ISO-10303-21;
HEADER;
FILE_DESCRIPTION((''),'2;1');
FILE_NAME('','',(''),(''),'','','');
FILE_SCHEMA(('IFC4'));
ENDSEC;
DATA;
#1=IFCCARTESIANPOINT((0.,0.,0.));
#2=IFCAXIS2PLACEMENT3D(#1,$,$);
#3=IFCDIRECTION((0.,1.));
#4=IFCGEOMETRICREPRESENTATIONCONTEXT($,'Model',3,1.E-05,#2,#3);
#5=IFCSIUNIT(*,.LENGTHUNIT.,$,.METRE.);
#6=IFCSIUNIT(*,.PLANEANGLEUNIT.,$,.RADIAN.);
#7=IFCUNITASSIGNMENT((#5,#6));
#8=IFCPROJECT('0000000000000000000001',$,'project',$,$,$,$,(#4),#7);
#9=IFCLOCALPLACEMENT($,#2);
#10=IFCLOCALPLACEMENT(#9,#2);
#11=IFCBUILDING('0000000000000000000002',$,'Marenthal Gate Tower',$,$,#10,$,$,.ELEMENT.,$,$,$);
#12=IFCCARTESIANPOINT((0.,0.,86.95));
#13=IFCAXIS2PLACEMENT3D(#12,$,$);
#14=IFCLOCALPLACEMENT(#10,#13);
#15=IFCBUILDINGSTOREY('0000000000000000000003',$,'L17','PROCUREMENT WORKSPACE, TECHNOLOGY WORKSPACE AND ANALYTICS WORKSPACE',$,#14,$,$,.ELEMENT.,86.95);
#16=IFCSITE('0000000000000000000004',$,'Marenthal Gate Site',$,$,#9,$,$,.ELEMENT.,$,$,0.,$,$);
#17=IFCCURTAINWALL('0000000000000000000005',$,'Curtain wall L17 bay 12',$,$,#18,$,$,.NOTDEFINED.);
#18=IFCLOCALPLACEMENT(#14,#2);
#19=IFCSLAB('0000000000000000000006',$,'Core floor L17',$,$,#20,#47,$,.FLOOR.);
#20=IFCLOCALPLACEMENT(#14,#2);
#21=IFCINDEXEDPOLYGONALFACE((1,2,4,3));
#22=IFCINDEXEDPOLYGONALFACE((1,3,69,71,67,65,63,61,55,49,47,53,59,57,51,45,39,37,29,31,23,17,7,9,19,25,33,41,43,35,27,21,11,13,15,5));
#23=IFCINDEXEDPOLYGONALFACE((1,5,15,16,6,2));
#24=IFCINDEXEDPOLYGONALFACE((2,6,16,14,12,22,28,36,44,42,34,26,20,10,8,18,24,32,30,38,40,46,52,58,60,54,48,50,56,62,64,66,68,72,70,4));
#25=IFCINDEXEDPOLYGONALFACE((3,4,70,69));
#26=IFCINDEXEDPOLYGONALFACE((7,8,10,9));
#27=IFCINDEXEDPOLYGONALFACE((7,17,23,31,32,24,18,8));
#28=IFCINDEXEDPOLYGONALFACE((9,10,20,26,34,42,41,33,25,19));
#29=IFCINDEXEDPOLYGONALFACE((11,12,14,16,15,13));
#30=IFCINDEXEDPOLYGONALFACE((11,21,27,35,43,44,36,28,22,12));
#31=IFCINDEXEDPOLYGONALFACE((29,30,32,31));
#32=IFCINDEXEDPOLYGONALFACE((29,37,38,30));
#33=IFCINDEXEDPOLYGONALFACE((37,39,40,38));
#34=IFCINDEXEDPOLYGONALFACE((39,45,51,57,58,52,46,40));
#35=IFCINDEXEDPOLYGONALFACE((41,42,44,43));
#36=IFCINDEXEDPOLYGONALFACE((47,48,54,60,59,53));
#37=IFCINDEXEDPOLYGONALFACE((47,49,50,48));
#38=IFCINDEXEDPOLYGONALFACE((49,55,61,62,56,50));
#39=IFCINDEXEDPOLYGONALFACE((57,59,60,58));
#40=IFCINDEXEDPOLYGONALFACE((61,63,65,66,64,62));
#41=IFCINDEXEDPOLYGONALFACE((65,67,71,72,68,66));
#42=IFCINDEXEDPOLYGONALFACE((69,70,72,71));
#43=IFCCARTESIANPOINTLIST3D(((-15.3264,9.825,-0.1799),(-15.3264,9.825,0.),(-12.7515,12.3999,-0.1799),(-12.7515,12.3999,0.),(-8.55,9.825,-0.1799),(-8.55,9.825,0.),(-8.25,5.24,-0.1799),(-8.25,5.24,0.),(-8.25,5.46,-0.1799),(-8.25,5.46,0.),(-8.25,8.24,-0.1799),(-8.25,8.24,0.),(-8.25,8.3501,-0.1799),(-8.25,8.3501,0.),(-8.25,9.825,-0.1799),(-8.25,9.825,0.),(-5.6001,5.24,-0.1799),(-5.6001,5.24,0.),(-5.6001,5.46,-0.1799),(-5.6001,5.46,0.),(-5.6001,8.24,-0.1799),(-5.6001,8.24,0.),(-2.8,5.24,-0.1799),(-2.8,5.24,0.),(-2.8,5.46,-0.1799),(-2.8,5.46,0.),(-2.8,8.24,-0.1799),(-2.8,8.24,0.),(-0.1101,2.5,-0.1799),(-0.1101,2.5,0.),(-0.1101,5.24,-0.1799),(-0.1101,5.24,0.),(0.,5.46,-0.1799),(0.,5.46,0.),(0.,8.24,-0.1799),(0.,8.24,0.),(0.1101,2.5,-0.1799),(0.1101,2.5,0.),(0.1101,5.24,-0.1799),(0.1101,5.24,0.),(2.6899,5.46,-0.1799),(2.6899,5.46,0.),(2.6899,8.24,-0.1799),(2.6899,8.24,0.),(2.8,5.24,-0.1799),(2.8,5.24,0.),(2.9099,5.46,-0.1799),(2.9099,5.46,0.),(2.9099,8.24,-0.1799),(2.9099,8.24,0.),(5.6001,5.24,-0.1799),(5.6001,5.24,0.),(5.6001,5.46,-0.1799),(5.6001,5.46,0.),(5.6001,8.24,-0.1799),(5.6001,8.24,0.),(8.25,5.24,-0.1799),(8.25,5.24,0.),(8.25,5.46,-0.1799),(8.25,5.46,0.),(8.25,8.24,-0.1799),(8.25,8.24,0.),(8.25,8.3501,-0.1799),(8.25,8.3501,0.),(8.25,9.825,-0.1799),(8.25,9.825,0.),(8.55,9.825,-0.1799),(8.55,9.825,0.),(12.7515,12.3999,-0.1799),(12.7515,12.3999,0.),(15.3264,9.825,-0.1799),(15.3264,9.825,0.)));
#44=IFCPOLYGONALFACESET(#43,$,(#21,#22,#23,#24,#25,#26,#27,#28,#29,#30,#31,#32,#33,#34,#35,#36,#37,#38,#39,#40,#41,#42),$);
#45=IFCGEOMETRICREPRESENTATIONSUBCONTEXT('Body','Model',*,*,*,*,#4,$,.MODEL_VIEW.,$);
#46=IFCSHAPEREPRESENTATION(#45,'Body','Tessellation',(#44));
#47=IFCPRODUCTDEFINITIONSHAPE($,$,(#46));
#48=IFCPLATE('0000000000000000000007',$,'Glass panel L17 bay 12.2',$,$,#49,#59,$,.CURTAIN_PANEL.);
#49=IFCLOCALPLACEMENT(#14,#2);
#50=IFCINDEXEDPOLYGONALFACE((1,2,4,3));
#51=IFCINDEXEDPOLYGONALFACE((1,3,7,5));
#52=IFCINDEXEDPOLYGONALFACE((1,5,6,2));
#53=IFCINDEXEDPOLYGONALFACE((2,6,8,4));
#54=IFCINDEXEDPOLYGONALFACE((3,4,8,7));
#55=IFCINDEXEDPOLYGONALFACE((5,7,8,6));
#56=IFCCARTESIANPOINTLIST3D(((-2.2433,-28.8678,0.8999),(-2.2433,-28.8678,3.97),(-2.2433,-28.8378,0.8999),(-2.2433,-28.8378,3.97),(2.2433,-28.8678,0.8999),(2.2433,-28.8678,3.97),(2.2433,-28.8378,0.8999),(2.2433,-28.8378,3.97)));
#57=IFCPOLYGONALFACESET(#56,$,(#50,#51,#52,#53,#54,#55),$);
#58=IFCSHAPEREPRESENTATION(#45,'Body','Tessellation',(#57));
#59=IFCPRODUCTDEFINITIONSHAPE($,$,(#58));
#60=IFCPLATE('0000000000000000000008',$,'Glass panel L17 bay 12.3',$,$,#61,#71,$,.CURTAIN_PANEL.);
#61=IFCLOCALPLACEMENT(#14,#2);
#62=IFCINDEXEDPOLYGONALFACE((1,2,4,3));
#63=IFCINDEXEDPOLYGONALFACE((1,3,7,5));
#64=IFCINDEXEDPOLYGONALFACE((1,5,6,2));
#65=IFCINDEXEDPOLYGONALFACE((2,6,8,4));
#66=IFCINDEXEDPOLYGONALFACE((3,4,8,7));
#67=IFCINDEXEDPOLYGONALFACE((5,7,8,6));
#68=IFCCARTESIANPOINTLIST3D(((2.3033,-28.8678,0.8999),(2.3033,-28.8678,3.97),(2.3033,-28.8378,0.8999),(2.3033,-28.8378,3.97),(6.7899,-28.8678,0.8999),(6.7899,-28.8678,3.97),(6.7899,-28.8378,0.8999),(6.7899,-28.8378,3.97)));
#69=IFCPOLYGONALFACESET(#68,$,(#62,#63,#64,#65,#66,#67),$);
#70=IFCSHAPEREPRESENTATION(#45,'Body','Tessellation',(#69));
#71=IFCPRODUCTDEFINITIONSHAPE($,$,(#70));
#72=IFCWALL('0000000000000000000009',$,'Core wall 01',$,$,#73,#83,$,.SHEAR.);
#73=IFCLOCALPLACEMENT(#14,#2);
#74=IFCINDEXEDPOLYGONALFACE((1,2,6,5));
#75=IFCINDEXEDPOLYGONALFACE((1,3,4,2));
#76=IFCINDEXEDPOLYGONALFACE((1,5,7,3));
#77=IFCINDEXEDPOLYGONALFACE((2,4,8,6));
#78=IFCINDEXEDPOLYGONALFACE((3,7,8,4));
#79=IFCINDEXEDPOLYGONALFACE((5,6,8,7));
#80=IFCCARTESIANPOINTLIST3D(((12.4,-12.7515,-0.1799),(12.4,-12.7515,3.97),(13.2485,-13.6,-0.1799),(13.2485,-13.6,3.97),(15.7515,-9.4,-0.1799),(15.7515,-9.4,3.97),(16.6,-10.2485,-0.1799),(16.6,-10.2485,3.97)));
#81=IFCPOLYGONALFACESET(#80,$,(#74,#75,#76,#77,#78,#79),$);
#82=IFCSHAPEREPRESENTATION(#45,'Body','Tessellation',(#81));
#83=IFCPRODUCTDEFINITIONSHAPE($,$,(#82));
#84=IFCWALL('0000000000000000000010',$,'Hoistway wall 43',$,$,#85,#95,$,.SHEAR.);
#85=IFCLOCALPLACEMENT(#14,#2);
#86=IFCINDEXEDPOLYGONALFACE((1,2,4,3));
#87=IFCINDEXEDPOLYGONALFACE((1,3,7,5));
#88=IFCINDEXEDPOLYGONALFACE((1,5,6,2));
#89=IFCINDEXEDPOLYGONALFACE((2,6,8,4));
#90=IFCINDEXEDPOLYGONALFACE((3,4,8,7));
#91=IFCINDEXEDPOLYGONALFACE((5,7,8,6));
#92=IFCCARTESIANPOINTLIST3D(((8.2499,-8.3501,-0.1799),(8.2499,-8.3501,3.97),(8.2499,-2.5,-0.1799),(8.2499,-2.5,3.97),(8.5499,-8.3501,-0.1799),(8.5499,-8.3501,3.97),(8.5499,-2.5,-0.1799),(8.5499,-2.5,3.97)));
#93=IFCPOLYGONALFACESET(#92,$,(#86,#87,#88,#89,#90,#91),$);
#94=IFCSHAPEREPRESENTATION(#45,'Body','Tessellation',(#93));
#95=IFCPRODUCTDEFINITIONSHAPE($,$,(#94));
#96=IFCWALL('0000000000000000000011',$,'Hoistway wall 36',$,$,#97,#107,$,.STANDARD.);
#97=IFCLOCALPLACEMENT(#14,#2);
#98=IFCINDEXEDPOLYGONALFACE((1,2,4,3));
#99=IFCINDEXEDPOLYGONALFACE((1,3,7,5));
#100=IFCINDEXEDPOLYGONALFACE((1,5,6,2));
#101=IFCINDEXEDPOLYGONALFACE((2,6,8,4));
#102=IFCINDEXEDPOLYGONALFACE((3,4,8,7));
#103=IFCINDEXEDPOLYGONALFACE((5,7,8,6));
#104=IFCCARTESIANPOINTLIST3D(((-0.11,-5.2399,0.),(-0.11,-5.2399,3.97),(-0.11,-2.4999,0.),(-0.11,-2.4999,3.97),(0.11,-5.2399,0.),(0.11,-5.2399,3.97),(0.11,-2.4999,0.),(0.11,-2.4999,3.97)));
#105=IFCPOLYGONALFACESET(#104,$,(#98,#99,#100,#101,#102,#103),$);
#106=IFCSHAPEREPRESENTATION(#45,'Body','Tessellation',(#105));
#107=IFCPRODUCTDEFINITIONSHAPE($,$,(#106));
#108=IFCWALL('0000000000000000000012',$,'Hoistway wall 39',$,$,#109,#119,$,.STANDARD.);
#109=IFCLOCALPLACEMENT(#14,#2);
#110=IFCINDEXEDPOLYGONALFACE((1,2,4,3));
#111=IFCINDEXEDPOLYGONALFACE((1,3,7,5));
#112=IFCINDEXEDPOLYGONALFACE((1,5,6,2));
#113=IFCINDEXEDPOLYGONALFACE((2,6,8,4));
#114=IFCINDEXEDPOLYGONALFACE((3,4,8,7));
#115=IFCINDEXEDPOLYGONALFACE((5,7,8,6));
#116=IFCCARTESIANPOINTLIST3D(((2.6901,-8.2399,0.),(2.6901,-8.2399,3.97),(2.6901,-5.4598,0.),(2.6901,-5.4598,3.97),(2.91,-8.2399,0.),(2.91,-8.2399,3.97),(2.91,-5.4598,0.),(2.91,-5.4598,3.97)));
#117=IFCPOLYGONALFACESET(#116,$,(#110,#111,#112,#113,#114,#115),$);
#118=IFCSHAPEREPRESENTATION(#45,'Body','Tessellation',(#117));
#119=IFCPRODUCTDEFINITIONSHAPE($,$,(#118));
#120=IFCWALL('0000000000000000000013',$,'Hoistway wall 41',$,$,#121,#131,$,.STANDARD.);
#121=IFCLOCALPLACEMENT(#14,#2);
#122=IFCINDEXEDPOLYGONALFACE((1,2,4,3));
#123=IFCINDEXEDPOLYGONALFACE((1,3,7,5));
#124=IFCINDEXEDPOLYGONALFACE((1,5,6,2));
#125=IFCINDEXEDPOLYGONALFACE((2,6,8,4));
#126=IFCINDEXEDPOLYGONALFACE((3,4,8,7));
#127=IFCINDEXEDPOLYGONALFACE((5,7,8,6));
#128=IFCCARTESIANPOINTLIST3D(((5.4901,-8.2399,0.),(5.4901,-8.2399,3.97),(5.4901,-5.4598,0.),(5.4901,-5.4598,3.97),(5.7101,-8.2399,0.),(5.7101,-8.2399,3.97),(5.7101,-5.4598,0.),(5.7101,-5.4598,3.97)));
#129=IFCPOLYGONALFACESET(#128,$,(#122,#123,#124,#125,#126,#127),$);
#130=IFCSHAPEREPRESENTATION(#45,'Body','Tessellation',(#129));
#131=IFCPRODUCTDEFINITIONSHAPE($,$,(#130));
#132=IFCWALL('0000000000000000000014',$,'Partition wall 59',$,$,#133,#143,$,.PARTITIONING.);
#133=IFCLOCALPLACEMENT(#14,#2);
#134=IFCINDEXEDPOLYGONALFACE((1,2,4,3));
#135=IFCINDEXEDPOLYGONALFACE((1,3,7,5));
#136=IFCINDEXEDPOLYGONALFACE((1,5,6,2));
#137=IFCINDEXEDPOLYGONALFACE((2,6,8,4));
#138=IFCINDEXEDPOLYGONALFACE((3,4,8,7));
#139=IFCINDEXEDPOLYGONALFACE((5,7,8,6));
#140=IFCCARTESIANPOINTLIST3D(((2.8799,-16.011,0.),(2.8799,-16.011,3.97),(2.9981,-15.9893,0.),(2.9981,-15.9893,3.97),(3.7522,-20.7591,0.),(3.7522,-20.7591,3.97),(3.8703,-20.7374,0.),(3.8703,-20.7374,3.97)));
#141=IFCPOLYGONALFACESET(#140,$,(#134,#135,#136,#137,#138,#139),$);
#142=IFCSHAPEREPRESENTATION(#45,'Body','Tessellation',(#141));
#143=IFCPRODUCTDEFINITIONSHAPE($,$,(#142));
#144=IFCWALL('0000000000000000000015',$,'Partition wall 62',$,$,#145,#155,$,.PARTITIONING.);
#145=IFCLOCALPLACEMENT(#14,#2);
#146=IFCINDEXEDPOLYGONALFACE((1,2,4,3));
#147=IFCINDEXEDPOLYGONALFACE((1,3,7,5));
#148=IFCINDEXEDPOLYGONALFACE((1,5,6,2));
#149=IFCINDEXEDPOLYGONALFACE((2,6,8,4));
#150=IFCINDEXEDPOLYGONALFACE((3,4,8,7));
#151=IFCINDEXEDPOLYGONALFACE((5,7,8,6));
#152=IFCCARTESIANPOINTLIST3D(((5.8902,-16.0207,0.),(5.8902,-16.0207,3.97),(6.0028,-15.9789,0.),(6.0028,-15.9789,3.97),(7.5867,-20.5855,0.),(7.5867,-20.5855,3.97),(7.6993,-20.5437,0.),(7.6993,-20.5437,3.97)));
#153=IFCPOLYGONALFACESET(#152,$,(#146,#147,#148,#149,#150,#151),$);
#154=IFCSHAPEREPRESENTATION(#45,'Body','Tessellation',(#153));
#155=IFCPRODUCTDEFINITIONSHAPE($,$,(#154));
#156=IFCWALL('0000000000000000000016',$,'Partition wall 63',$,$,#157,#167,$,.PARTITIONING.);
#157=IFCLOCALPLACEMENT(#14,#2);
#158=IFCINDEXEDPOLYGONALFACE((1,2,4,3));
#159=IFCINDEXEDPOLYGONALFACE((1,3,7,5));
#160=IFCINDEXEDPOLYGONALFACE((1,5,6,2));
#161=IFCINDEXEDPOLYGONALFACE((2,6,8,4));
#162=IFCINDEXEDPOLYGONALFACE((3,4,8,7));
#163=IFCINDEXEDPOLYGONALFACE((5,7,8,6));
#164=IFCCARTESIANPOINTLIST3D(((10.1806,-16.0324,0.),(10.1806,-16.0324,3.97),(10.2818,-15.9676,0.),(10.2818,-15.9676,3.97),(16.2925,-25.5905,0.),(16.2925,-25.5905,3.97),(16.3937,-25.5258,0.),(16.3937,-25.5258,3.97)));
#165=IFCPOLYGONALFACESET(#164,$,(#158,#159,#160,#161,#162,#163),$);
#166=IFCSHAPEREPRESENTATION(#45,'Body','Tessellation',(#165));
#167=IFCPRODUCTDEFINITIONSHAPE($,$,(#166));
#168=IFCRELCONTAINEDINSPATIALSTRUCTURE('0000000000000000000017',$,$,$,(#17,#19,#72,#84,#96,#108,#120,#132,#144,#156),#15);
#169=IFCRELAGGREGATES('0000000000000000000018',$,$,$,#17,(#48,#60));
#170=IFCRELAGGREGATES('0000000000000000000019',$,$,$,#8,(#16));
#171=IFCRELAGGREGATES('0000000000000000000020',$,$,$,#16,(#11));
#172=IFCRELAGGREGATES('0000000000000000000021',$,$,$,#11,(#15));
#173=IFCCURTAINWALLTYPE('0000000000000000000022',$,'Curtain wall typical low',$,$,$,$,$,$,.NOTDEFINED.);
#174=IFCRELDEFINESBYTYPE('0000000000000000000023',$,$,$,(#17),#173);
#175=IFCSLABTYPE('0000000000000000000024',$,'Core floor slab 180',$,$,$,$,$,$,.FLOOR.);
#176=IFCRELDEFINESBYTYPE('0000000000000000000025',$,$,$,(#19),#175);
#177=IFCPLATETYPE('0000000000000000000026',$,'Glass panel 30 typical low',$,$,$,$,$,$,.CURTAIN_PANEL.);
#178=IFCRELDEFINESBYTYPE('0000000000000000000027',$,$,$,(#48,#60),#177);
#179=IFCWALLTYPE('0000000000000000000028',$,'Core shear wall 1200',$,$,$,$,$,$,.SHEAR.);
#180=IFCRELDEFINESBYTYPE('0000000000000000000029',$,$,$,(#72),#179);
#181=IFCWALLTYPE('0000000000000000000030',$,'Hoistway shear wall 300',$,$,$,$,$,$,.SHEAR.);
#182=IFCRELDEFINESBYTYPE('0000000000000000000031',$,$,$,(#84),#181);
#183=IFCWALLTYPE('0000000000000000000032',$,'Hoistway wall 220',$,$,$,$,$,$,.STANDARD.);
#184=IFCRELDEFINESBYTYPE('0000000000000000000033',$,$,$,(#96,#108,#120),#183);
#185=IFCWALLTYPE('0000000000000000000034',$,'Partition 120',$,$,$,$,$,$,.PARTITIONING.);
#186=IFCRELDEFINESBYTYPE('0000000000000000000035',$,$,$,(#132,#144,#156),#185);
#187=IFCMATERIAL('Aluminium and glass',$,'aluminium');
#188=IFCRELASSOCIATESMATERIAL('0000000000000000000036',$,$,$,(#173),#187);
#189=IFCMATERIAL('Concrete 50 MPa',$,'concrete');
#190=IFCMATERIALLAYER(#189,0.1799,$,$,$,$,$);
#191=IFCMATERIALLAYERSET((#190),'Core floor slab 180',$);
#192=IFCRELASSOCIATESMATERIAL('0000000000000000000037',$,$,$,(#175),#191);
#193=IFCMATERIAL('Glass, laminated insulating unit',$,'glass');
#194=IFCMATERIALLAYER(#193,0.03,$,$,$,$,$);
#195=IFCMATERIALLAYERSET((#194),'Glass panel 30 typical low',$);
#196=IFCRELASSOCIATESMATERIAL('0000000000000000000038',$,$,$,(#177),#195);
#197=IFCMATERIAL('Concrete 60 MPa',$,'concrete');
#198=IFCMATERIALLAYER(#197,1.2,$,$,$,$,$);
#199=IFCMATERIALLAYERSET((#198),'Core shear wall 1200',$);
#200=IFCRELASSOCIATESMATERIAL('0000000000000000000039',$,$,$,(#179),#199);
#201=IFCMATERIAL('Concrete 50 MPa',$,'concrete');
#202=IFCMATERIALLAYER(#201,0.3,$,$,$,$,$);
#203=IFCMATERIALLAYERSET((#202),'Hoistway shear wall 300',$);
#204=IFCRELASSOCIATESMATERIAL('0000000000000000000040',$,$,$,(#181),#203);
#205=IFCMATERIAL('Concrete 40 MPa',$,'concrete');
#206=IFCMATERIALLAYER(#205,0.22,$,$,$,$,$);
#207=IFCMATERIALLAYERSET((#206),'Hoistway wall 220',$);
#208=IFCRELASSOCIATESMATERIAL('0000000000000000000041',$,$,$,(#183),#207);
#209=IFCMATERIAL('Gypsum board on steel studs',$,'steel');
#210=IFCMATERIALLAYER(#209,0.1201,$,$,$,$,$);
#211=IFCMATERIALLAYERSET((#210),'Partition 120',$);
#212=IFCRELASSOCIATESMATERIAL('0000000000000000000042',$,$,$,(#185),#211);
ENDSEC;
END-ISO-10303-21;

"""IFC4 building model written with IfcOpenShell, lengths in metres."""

from ifc_helpers import new_model, si_unit, direction, frame, frame_2d, origin, origin_2d, place, context, subcontext, project, spatial, polyline, rectangle, outline, extrude, material, layer, layer_set, type_object, element, aggregate, save


model = new_model("IFC4")

# Units and contexts
model_context = context("Model", 3, precision=1e-05, world=origin(), true_north=direction((0.0, 1.0)))
body_context = subcontext(model_context, "Body", "Model", "MODEL_VIEW")
ifc_project = project(units=[si_unit("LENGTHUNIT", "METRE"), si_unit("PLANEANGLEUNIT", "RADIAN")], contexts=[model_context])

# Site, building, storey
site_placement = place(None, origin())
site = spatial("IfcSite", under=ifc_project, at=site_placement, Name="Marenthal Gate Site", CompositionType="ELEMENT", RefElevation=0.0)
building_placement = place(site_placement, origin())
building = spatial("IfcBuilding", under=site, at=building_placement, Name="Marenthal Gate Tower", CompositionType="ELEMENT")
storey_placement = place(building_placement, frame((0.0, 0.0, 86.95)))
storey = spatial("IfcBuildingStorey", under=building, at=storey_placement, Name="L17", Description="PROCUREMENT WORKSPACE, TECHNOLOGY WORKSPACE AND ANALYTICS WORKSPACE", CompositionType="ELEMENT", Elevation=86.95)

# Curtain wall
ifc_material_1 = material(Name="Aluminium and glass", Category="aluminium")
curtain_wall_type = type_object("IfcCurtainWallType", Name="Curtain wall typical low", PredefinedType="NOTDEFINED", material=ifc_material_1)
curtain_wall_placement = place(storey_placement, origin())
curtain_wall = element("IfcCurtainWall", 1, at=curtain_wall_placement, inside=storey, type_object=curtain_wall_type, Name="Curtain wall L17 bay 12", PredefinedType="NOTDEFINED")

# Slab
ifc_material_2 = material(Name="Concrete 50 MPa", Category="concrete")
ifc_layer_1 = layer(ifc_material_2, 0.1799)
ifc_layer_set_1 = layer_set([ifc_layer_1], Name="Core floor slab 180")
slab_type_1 = type_object("IfcSlabType", Name="Core floor slab 180", PredefinedType="FLOOR", material=ifc_layer_set_1)
slab_1_placement = place(storey_placement, frame((0.0, 0.0, -0.1799)))
element("IfcSlab", 2, at=slab_1_placement, inside=storey, type_object=slab_type_1, Name="Core floor L17", PredefinedType="FLOOR", context=body_context, shape_type="SweptSolid", body=[
    extrude(outline(polyline([(12.7515, 12.3999), (15.3264, 9.825), (8.55, 9.825), (8.25, 9.825), (8.25, 8.3501), (8.25, 8.24), (5.6001, 8.24), (2.9099, 8.24), (2.9099, 5.46), (5.6001, 5.46), (8.25, 5.46), (8.25, 5.24), (5.6001, 5.24), (2.8, 5.24), (0.1101, 5.24), (0.1101, 2.5), (-0.1101, 2.5), (-0.1101, 5.24), (-2.8, 5.24), (-5.6001, 5.24), (-8.25, 5.24), (-8.25, 5.46), (-5.6001, 5.46), (-2.8, 5.46), (0.0, 5.46), (2.6899, 5.46), (2.6899, 8.24), (0.0, 8.24), (-2.8, 8.24), (-5.6001, 8.24), (-8.25, 8.24), (-8.25, 8.3501), (-8.25, 9.825), (-8.55, 9.825), (-15.3264, 9.825), (-12.7515, 12.3999), (12.7515, 12.3999)])), origin(), (0.0, 0.0, 1.0), 0.1799),
])

# Plates
ifc_material_3 = material(Name="Glass, laminated insulating unit", Category="glass")
ifc_layer_2 = layer(ifc_material_3, 0.03)
ifc_layer_set_2 = layer_set([ifc_layer_2], Name="Glass panel 30 typical low")
plate_type = type_object("IfcPlateType", Name="Glass panel 30 typical low", PredefinedType="CURTAIN_PANEL", material=ifc_layer_set_2)
plate_1_placement = place(storey_placement, frame((0.0, -28.8528, 0.8999), z_axis=(0.0, 0.0, 1.0), x_axis=(1.0, 0.0, 0.0)))
plate_1 = element("IfcPlate", 3, at=plate_1_placement, type_object=plate_type, Name="Glass panel L17 bay 12.2", PredefinedType="CURTAIN_PANEL", context=body_context, shape_type="SweptSolid", body=[
    extrude(rectangle(XDim=4.4866, YDim=0.03, at=origin_2d()), origin(), (0.0, 0.0, 1.0), 3.0701),
])
plate_2_placement = place(storey_placement, frame((4.5466, -28.8528, 0.8999), z_axis=(0.0, 0.0, 1.0), x_axis=(1.0, 0.0, 0.0)))
plate_2 = element("IfcPlate", 4, at=plate_2_placement, type_object=plate_type, Name="Glass panel L17 bay 12.3", PredefinedType="CURTAIN_PANEL", context=body_context, shape_type="SweptSolid", body=[
    extrude(rectangle(XDim=4.4866, YDim=0.03, at=origin_2d()), origin(), (0.0, 0.0, 1.0), 3.0701),
])
aggregate(curtain_wall, [plate_1, plate_2])

# Walls
ifc_material_4 = material(Name="Concrete 60 MPa", Category="concrete")
ifc_layer_3 = layer(ifc_material_4, 1.2)
ifc_layer_set_3 = layer_set([ifc_layer_3], Name="Core shear wall 1200")
wall_type_1 = type_object("IfcWallType", Name="Core shear wall 1200", PredefinedType="SHEAR", material=ifc_layer_set_3)
wall_1_placement = place(storey_placement, frame((12.8242, -13.1758, -0.1799), z_axis=(0.0, 0.0, 1.0), x_axis=(0.707107, 0.707107, 0.0)))
element("IfcWall", 5, at=wall_1_placement, inside=storey, type_object=wall_type_1, Name="Core wall 01", PredefinedType="SHEAR", context=body_context, shape_type="SweptSolid", body=[
    extrude(rectangle(XDim=4.7397, YDim=1.2, at=frame_2d((2.3699, 0.0))), origin(), (0.0, 0.0, 1.0), 4.1499),
])
ifc_material_5 = material(Name="Concrete 50 MPa", Category="concrete")
ifc_layer_4 = layer(ifc_material_5, 0.3)
ifc_layer_set_4 = layer_set([ifc_layer_4], Name="Hoistway shear wall 300")
wall_type_2 = type_object("IfcWallType", Name="Hoistway shear wall 300", PredefinedType="SHEAR", material=ifc_layer_set_4)
wall_2_placement = place(storey_placement, frame((8.3999, -8.3501, -0.1799), z_axis=(0.0, 0.0, 1.0), x_axis=(0.0, 1.0, 0.0)))
element("IfcWall", 6, at=wall_2_placement, inside=storey, type_object=wall_type_2, Name="Hoistway wall 43", PredefinedType="SHEAR", context=body_context, shape_type="SweptSolid", body=[
    extrude(rectangle(XDim=5.8501, YDim=0.3, at=frame_2d((2.925, 0.0))), origin(), (0.0, 0.0, 1.0), 4.1499),
])
ifc_material_6 = material(Name="Concrete 40 MPa", Category="concrete")
ifc_layer_5 = layer(ifc_material_6, 0.22)
ifc_layer_set_5 = layer_set([ifc_layer_5], Name="Hoistway wall 220")
wall_type_3 = type_object("IfcWallType", Name="Hoistway wall 220", PredefinedType="STANDARD", material=ifc_layer_set_5)
wall_3_placement = place(storey_placement, frame((0.0, -5.24, 0.0), z_axis=(0.0, 0.0, 1.0), x_axis=(0.0, 1.0, 0.0)))
element("IfcWall", 7, at=wall_3_placement, inside=storey, type_object=wall_type_3, Name="Hoistway wall 36", PredefinedType="STANDARD", context=body_context, shape_type="SweptSolid", body=[
    extrude(rectangle(XDim=2.74, YDim=0.22, at=frame_2d((1.3701, 0.0))), origin(), (0.0, 0.0, 1.0), 3.97),
])
for number, where, z_axis, x_axis, name in (
    (8, (2.8, -8.24, 0.0), (0.0, 0.0, 1.0), (0.0, 1.0, 0.0), "Hoistway wall 39"),
    (9, (5.6001, -8.24, 0.0), (0.0, 0.0, 1.0), (0.0, 1.0, 0.0), "Hoistway wall 41"),
):
    element("IfcWall", number, at=place(storey_placement, frame(where, z_axis=z_axis, x_axis=x_axis)), inside=storey, type_object=wall_type_3, Name=name, PredefinedType="STANDARD", context=body_context, shape_type="SweptSolid", body=[
        extrude(rectangle(XDim=2.78, YDim=0.22, at=frame_2d((1.3901, 0.0))), origin(), (0.0, 0.0, 1.0), 3.97),
    ])
ifc_material_7 = material(Name="Gypsum board on steel studs", Category="steel")
ifc_layer_6 = layer(ifc_material_7, 0.1201)
ifc_layer_set_6 = layer_set([ifc_layer_6], Name="Partition 120")
wall_type_4 = type_object("IfcWallType", Name="Partition 120", PredefinedType="PARTITIONING", material=ifc_layer_set_6)
wall_4_placement = place(storey_placement, frame((3.8113, -20.7483, 0.0), z_axis=(0.0, 0.0, 1.0), x_axis=(-0.180687, 0.983541, 0.0)))
element("IfcWall", 10, at=wall_4_placement, inside=storey, type_object=wall_type_4, Name="Partition wall 59", PredefinedType="PARTITIONING", context=body_context, shape_type="SweptSolid", body=[
    extrude(rectangle(XDim=4.8276, YDim=0.1201, at=frame_2d((2.4138, 0.0))), origin(), (0.0, 0.0, 1.0), 3.97),
])
wall_5_placement = place(storey_placement, frame((7.6431, -20.5647, 0.0), z_axis=(0.0, 0.0, 1.0), x_axis=(-0.34838, 0.937353, 0.0)))
element("IfcWall", 11, at=wall_5_placement, inside=storey, type_object=wall_type_4, Name="Partition wall 62", PredefinedType="PARTITIONING", context=body_context, shape_type="SweptSolid", body=[
    extrude(rectangle(XDim=4.8699, YDim=0.1201, at=frame_2d((2.4351, 0.0))), origin(), (0.0, 0.0, 1.0), 3.97),
])
wall_6_placement = place(storey_placement, frame((10.2312, -16.0, 0.0), z_axis=(0.0, 0.0, 1.0), x_axis=(0.538718, -0.842486, 0.0)))
element("IfcWall", 12, at=wall_6_placement, inside=storey, type_object=wall_type_4, Name="Partition wall 63", PredefinedType="PARTITIONING", context=body_context, shape_type="SweptSolid", body=[
    extrude(rectangle(XDim=11.3452, YDim=0.1201, at=frame_2d((5.6726, 0.0))), origin(), (0.0, 0.0, 1.0), 3.97),
])

save(model, "model.ifc")
